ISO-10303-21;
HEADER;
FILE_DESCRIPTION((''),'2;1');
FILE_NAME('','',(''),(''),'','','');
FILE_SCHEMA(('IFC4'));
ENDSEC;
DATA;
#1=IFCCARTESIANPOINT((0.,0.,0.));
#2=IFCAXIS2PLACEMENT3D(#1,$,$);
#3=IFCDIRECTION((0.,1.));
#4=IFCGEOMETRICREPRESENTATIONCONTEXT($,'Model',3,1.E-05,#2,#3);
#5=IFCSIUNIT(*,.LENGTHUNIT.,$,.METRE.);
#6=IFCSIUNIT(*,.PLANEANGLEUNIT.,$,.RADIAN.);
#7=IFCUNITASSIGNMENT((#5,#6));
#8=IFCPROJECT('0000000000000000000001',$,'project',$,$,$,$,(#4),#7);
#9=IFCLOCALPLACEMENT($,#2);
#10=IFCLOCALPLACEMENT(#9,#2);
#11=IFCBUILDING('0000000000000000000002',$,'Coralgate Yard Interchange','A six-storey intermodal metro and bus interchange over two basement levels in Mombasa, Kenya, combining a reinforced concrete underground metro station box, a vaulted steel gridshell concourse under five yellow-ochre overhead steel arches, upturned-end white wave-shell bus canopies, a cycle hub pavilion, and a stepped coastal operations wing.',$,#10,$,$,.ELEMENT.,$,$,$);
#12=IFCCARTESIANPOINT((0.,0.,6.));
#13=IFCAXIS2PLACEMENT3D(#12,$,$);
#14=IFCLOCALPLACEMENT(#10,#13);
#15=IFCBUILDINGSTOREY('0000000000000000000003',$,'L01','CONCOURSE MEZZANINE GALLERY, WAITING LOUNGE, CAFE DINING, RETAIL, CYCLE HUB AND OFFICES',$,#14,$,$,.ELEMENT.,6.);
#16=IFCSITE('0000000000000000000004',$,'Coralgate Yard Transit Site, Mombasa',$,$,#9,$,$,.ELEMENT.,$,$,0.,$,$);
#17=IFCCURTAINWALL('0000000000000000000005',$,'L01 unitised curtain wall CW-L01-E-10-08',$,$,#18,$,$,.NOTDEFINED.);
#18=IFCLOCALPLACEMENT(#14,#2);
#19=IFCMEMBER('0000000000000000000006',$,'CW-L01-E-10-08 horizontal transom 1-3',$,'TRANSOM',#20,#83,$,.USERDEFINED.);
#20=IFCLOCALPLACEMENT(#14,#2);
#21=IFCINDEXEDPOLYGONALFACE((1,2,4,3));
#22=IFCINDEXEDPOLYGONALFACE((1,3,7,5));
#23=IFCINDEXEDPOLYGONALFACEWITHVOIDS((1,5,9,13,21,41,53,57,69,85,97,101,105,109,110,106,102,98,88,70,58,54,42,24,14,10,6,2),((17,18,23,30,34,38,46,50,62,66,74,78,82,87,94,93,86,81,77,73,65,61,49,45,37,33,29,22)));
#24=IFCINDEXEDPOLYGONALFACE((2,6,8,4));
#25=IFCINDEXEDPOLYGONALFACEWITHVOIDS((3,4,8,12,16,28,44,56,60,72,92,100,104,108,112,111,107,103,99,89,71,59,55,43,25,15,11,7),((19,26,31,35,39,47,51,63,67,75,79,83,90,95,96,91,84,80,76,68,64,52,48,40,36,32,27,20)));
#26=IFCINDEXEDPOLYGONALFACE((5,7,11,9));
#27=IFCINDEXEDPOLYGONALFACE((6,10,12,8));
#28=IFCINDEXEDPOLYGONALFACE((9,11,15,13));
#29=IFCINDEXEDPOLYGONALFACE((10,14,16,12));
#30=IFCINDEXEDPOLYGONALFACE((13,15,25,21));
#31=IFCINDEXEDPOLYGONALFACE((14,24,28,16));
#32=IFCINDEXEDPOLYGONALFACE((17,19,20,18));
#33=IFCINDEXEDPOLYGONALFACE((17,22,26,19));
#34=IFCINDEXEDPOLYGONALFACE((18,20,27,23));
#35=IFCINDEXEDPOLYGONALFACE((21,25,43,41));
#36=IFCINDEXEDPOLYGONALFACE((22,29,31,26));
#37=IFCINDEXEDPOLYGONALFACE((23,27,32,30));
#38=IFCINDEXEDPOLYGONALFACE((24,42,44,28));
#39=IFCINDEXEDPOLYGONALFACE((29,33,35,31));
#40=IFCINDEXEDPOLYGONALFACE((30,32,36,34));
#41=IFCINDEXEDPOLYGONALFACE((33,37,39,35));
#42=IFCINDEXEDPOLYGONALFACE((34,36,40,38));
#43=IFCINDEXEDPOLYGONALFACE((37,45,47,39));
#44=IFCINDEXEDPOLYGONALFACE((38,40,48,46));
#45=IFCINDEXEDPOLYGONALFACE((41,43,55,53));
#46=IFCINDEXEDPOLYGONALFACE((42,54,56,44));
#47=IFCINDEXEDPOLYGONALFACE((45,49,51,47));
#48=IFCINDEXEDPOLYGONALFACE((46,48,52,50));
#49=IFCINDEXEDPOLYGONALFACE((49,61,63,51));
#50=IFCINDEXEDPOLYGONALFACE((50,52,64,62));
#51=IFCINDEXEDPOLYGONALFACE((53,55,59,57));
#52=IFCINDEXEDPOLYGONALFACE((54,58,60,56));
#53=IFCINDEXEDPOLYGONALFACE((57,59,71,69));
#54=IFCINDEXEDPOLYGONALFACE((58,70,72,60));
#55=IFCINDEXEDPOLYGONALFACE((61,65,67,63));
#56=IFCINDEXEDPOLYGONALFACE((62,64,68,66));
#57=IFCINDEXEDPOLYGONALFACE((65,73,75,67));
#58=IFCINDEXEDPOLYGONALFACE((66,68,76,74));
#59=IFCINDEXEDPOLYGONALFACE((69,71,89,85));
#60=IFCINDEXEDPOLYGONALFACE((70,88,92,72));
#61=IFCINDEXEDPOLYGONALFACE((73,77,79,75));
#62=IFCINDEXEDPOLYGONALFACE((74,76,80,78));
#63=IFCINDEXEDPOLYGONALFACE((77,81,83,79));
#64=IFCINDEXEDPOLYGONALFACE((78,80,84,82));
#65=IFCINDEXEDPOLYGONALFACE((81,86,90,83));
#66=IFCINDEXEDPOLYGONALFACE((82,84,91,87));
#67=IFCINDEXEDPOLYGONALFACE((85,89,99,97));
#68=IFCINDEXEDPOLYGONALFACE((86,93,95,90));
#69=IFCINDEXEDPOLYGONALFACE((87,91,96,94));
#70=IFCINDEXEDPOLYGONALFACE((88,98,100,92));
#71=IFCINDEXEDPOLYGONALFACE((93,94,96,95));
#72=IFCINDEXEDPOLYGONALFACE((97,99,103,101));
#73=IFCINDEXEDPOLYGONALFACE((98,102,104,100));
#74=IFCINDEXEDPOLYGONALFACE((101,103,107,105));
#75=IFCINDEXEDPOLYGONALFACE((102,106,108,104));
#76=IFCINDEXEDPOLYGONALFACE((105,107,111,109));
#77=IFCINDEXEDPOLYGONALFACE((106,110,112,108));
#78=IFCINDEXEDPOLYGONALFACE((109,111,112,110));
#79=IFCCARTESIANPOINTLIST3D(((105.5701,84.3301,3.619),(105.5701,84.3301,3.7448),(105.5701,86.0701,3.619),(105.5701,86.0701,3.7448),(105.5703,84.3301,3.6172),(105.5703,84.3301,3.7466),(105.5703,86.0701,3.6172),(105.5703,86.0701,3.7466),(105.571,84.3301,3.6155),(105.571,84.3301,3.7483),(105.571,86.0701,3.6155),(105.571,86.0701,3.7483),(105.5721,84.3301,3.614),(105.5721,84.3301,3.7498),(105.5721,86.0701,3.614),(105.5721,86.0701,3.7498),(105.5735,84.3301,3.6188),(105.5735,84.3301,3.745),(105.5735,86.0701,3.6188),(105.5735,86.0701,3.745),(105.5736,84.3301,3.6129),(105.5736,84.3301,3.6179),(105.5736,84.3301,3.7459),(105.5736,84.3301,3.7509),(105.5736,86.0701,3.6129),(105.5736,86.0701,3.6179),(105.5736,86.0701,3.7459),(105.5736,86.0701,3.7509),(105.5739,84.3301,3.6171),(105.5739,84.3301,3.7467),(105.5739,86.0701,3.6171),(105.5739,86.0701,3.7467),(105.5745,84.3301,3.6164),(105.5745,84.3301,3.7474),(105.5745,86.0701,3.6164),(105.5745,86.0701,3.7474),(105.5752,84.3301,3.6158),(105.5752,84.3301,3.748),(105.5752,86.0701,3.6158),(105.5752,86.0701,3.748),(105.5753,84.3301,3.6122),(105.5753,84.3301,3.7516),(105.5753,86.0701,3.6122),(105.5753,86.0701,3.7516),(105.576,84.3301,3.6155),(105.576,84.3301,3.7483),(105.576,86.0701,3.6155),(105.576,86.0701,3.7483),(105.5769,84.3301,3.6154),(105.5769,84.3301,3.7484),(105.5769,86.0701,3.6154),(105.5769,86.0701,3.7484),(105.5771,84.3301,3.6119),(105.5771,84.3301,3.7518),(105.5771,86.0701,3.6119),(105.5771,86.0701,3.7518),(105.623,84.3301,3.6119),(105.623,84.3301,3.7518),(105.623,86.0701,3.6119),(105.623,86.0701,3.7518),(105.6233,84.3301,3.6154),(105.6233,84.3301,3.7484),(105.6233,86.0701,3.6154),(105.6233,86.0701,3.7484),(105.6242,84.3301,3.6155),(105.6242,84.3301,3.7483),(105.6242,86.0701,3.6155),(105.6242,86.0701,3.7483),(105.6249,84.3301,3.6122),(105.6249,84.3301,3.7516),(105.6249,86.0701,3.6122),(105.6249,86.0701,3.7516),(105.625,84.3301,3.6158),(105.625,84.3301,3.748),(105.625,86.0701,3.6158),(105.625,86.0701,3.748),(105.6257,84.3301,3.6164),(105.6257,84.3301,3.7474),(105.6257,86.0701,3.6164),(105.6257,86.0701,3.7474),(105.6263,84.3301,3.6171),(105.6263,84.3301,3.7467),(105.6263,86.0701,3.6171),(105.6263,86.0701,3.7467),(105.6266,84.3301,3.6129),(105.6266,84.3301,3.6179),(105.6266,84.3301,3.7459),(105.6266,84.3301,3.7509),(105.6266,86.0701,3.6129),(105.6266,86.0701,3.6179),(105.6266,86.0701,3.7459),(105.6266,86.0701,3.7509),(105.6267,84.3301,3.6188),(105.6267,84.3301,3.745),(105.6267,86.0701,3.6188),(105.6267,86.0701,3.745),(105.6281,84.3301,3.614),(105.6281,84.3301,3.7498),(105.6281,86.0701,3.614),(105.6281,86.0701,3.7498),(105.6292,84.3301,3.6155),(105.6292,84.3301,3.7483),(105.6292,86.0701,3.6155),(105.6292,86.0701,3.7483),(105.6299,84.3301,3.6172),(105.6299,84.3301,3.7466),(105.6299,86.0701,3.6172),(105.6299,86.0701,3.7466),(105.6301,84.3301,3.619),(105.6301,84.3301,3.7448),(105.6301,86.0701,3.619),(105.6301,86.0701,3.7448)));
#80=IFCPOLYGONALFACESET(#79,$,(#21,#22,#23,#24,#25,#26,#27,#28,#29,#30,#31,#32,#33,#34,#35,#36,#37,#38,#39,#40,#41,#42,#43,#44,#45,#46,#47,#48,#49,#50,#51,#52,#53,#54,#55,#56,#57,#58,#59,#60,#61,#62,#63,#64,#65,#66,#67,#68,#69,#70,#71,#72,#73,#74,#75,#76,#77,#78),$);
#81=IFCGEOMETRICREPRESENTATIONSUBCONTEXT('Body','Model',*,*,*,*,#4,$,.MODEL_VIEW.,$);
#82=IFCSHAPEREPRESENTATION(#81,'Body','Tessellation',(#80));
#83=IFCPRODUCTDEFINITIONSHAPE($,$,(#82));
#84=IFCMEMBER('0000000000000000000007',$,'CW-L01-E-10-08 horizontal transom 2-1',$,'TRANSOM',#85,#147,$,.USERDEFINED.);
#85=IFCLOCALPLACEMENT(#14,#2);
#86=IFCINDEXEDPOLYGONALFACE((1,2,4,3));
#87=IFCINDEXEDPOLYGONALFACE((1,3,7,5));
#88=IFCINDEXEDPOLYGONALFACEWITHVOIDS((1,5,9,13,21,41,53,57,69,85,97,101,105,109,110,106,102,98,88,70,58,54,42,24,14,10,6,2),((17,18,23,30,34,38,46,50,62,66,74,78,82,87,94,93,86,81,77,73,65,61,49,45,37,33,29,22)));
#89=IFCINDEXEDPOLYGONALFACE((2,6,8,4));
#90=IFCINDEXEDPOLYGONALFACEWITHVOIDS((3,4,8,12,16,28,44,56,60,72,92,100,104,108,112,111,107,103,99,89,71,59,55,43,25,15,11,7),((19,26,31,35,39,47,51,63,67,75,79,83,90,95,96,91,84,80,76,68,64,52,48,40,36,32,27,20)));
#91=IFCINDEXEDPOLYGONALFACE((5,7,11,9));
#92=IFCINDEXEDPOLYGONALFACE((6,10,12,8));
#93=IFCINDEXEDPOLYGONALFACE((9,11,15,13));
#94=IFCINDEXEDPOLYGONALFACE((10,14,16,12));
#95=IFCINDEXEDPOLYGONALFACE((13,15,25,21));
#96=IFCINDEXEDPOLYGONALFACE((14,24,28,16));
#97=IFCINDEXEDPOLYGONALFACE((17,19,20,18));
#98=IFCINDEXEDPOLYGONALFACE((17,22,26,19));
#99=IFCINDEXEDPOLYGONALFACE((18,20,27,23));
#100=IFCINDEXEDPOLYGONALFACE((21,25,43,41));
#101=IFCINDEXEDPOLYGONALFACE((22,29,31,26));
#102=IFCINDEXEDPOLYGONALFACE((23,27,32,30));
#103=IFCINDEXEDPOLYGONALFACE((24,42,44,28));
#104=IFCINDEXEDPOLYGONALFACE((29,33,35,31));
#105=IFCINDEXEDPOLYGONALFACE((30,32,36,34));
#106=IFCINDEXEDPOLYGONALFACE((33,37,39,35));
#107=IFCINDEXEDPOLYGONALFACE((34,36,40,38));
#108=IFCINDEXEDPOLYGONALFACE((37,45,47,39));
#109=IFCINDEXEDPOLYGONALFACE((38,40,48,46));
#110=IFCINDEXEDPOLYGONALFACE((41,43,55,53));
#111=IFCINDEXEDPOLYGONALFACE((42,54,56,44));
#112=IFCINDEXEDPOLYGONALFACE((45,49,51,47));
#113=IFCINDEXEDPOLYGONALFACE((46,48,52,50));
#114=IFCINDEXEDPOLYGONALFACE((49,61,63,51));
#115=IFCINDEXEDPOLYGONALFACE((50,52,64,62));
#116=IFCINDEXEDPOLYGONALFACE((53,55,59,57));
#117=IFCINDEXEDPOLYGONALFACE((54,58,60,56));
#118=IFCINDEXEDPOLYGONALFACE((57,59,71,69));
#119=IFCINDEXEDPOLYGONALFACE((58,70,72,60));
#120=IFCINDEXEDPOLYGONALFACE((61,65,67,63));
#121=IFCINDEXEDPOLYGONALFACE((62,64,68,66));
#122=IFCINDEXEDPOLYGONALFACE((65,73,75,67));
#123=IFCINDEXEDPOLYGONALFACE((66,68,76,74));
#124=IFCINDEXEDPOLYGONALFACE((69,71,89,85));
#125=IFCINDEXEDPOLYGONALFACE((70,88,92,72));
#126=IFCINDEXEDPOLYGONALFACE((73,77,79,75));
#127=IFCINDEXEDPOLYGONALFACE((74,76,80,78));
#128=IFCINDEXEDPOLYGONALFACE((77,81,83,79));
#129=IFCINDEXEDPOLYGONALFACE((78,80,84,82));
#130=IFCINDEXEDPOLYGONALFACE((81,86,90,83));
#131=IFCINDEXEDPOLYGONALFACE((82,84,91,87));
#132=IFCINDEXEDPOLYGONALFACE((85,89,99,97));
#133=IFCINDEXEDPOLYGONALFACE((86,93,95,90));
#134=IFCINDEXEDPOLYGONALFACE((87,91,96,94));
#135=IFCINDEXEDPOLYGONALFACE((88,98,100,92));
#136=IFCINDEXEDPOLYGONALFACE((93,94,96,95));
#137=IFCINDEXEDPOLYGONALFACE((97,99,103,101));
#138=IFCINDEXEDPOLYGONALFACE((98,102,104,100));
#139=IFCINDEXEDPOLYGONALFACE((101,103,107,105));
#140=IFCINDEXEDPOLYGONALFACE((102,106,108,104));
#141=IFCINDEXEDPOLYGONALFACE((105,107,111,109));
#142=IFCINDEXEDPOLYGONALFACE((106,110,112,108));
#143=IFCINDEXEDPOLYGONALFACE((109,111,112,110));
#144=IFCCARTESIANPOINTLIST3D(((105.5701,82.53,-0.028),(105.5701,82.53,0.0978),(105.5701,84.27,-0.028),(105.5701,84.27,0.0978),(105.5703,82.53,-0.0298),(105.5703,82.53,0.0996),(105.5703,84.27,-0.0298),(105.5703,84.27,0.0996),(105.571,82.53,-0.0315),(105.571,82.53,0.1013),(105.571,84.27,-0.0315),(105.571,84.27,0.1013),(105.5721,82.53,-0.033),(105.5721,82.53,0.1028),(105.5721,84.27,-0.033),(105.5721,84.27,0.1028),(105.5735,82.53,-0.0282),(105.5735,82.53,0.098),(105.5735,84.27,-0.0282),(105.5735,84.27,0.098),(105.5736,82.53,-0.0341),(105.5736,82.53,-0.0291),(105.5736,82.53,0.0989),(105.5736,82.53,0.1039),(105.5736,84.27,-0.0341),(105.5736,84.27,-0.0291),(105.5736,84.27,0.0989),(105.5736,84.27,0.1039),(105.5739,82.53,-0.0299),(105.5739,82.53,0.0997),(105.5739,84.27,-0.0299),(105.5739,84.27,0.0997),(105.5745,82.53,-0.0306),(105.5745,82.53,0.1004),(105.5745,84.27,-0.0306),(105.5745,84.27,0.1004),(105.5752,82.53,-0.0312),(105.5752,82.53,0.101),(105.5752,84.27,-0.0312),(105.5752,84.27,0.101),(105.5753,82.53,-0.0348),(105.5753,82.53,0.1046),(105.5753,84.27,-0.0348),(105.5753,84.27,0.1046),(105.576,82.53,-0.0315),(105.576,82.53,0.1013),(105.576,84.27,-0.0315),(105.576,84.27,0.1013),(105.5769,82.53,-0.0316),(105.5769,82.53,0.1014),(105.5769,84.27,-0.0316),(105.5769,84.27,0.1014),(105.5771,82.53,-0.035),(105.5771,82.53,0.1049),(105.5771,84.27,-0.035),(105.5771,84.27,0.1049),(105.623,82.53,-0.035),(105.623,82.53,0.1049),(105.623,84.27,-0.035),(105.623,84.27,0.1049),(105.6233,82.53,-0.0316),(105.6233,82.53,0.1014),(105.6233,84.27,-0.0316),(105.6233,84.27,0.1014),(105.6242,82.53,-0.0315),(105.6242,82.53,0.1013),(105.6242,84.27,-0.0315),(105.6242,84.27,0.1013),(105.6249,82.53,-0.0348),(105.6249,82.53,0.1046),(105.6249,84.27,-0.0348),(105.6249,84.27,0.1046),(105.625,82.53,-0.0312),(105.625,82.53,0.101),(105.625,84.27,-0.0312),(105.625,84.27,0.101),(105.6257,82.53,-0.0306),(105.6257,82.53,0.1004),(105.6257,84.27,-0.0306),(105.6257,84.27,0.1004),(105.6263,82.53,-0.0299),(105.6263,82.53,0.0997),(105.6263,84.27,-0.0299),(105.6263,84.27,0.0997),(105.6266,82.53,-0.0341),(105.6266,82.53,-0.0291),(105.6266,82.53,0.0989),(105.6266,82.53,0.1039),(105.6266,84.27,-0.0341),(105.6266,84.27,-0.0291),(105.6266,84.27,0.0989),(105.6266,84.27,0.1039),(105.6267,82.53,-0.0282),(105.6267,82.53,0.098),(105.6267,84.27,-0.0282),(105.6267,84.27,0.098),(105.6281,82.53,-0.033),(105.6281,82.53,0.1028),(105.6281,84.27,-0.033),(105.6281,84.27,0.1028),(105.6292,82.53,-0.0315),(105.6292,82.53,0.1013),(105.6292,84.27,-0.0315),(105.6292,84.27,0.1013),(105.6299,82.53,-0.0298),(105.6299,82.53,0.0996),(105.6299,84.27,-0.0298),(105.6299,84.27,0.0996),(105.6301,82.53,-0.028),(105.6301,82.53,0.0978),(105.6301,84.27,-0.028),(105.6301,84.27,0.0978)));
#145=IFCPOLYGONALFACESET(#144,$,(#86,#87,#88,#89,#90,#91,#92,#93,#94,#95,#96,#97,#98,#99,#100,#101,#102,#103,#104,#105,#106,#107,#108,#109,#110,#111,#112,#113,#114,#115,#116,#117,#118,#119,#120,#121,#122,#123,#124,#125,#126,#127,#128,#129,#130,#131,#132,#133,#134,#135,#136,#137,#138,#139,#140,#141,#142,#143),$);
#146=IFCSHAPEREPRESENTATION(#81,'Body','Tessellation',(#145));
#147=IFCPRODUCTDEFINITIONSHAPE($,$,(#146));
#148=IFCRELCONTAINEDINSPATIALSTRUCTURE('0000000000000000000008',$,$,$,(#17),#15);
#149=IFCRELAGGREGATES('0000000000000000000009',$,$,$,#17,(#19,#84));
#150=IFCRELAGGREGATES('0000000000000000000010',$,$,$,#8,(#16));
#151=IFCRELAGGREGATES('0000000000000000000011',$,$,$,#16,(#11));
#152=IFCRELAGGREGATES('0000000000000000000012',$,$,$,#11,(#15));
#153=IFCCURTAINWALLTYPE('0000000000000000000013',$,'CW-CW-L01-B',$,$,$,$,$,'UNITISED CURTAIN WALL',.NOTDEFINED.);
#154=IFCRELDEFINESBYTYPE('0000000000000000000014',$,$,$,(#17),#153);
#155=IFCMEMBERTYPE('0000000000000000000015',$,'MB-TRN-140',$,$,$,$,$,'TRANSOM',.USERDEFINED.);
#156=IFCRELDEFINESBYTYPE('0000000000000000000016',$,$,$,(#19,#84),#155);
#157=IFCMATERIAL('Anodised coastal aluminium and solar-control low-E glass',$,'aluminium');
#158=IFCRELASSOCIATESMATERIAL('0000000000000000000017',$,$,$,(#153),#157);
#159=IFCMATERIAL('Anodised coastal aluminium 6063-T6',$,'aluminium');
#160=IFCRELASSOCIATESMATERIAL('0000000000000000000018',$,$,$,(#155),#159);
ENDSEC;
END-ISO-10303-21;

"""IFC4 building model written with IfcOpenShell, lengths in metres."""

from ifc_helpers import new_model, si_unit, direction, frame, origin, origin_2d, place, context, subcontext, project, spatial, hollow_rectangle, extrude, material, material_profile, profile_set, type_object, element, aggregate, save


model = new_model("IFC4")

# Units and contexts
model_context = context("Model", 3, precision=1e-05, world=origin(), true_north=direction((0.0, 1.0)))
body_context = subcontext(model_context, "Body", "Model", "MODEL_VIEW")
ifc_project = project(units=[si_unit("LENGTHUNIT", "METRE"), si_unit("PLANEANGLEUNIT", "RADIAN")], contexts=[model_context])

# Site, building, storey
site_placement = place(None, origin())
site = spatial("IfcSite", under=ifc_project, at=site_placement, Name="Coralgate Yard Transit Site, Mombasa", CompositionType="ELEMENT", RefElevation=0.0)
building_placement = place(site_placement, origin())
building = spatial("IfcBuilding", under=site, at=building_placement, Name="Coralgate Yard Interchange", Description="A six-storey intermodal metro and bus interchange over two basement levels in Mombasa, Kenya, combining a reinforced concrete underground metro station box, a vaulted steel gridshell concourse under five yellow-ochre overhead steel arches, upturned-end white wave-shell bus canopies, a cycle hub pavilion, and a stepped coastal operations wing.", CompositionType="ELEMENT")
storey_placement = place(building_placement, frame((0.0, 0.0, 6.0)))
storey = spatial("IfcBuildingStorey", under=building, at=storey_placement, Name="L01", Description="CONCOURSE MEZZANINE GALLERY, WAITING LOUNGE, CAFE DINING, RETAIL, CYCLE HUB AND OFFICES", CompositionType="ELEMENT", Elevation=6.0)

# Curtain wall, members
ifc_material_1 = material(Name="Anodised coastal aluminium and solar-control low-E glass", Category="aluminium")
curtain_wall_type = type_object("IfcCurtainWallType", Name="CW-CW-L01-B", ElementType="UNITISED CURTAIN WALL", PredefinedType="NOTDEFINED", material=ifc_material_1)
curtain_wall_placement = place(storey_placement, origin())
curtain_wall = element("IfcCurtainWall", 1, at=curtain_wall_placement, inside=storey, type_object=curtain_wall_type, Name="L01 unitised curtain wall CW-L01-E-10-08", PredefinedType="NOTDEFINED")
ifc_material_2 = material(Name="Anodised coastal aluminium 6063-T6", Category="aluminium")
ifc_material_profile_1 = material_profile(ifc_material_2, hollow_rectangle(XDim=0.0601, YDim=0.1399, WallThickness=0.0034, InnerFilletRadius=0.0034, OuterFilletRadius=0.0071, at=origin_2d()), Name="ALU 60x140x3.5")
ifc_profile_set_1 = profile_set([ifc_material_profile_1], Name="Anodised coastal aluminium 6063-T6")
member_type_1 = type_object("IfcMemberType", Name="MB-TRN-140", ElementType="TRANSOM", PredefinedType="USERDEFINED", material=ifc_profile_set_1)
member_1_placement = place(storey_placement, frame((105.6001, 86.0701, 3.6819), z_axis=(0.0, -1.0, 0.0), x_axis=(1.0, 0.0, 0.0)))
member_1 = element("IfcMember", 2, at=member_1_placement, type_object=member_type_1, Name="CW-L01-E-10-08 horizontal transom 1-3", ObjectType="TRANSOM", PredefinedType="USERDEFINED", context=body_context, shape_type="SweptSolid", body=[
    extrude(hollow_rectangle(XDim=0.0601, YDim=0.1399, WallThickness=0.0034, InnerFilletRadius=0.0034, OuterFilletRadius=0.0071, at=origin_2d()), origin(), (0.0, 0.0, 1.0), 1.74),
])
member_2_placement = place(storey_placement, frame((105.6001, 84.27, 0.0349), z_axis=(0.0, -1.0, 0.0), x_axis=(1.0, 0.0, 0.0)))
member_2 = element("IfcMember", 3, at=member_2_placement, type_object=member_type_1, Name="CW-L01-E-10-08 horizontal transom 2-1", ObjectType="TRANSOM", PredefinedType="USERDEFINED", context=body_context, shape_type="SweptSolid", body=[
    extrude(hollow_rectangle(XDim=0.0601, YDim=0.1399, WallThickness=0.0034, InnerFilletRadius=0.0034, OuterFilletRadius=0.0071, at=origin_2d()), origin(), (0.0, 0.0, 1.0), 1.74),
])
aggregate(curtain_wall, [member_1, member_2])

save(model, "model.ifc")
